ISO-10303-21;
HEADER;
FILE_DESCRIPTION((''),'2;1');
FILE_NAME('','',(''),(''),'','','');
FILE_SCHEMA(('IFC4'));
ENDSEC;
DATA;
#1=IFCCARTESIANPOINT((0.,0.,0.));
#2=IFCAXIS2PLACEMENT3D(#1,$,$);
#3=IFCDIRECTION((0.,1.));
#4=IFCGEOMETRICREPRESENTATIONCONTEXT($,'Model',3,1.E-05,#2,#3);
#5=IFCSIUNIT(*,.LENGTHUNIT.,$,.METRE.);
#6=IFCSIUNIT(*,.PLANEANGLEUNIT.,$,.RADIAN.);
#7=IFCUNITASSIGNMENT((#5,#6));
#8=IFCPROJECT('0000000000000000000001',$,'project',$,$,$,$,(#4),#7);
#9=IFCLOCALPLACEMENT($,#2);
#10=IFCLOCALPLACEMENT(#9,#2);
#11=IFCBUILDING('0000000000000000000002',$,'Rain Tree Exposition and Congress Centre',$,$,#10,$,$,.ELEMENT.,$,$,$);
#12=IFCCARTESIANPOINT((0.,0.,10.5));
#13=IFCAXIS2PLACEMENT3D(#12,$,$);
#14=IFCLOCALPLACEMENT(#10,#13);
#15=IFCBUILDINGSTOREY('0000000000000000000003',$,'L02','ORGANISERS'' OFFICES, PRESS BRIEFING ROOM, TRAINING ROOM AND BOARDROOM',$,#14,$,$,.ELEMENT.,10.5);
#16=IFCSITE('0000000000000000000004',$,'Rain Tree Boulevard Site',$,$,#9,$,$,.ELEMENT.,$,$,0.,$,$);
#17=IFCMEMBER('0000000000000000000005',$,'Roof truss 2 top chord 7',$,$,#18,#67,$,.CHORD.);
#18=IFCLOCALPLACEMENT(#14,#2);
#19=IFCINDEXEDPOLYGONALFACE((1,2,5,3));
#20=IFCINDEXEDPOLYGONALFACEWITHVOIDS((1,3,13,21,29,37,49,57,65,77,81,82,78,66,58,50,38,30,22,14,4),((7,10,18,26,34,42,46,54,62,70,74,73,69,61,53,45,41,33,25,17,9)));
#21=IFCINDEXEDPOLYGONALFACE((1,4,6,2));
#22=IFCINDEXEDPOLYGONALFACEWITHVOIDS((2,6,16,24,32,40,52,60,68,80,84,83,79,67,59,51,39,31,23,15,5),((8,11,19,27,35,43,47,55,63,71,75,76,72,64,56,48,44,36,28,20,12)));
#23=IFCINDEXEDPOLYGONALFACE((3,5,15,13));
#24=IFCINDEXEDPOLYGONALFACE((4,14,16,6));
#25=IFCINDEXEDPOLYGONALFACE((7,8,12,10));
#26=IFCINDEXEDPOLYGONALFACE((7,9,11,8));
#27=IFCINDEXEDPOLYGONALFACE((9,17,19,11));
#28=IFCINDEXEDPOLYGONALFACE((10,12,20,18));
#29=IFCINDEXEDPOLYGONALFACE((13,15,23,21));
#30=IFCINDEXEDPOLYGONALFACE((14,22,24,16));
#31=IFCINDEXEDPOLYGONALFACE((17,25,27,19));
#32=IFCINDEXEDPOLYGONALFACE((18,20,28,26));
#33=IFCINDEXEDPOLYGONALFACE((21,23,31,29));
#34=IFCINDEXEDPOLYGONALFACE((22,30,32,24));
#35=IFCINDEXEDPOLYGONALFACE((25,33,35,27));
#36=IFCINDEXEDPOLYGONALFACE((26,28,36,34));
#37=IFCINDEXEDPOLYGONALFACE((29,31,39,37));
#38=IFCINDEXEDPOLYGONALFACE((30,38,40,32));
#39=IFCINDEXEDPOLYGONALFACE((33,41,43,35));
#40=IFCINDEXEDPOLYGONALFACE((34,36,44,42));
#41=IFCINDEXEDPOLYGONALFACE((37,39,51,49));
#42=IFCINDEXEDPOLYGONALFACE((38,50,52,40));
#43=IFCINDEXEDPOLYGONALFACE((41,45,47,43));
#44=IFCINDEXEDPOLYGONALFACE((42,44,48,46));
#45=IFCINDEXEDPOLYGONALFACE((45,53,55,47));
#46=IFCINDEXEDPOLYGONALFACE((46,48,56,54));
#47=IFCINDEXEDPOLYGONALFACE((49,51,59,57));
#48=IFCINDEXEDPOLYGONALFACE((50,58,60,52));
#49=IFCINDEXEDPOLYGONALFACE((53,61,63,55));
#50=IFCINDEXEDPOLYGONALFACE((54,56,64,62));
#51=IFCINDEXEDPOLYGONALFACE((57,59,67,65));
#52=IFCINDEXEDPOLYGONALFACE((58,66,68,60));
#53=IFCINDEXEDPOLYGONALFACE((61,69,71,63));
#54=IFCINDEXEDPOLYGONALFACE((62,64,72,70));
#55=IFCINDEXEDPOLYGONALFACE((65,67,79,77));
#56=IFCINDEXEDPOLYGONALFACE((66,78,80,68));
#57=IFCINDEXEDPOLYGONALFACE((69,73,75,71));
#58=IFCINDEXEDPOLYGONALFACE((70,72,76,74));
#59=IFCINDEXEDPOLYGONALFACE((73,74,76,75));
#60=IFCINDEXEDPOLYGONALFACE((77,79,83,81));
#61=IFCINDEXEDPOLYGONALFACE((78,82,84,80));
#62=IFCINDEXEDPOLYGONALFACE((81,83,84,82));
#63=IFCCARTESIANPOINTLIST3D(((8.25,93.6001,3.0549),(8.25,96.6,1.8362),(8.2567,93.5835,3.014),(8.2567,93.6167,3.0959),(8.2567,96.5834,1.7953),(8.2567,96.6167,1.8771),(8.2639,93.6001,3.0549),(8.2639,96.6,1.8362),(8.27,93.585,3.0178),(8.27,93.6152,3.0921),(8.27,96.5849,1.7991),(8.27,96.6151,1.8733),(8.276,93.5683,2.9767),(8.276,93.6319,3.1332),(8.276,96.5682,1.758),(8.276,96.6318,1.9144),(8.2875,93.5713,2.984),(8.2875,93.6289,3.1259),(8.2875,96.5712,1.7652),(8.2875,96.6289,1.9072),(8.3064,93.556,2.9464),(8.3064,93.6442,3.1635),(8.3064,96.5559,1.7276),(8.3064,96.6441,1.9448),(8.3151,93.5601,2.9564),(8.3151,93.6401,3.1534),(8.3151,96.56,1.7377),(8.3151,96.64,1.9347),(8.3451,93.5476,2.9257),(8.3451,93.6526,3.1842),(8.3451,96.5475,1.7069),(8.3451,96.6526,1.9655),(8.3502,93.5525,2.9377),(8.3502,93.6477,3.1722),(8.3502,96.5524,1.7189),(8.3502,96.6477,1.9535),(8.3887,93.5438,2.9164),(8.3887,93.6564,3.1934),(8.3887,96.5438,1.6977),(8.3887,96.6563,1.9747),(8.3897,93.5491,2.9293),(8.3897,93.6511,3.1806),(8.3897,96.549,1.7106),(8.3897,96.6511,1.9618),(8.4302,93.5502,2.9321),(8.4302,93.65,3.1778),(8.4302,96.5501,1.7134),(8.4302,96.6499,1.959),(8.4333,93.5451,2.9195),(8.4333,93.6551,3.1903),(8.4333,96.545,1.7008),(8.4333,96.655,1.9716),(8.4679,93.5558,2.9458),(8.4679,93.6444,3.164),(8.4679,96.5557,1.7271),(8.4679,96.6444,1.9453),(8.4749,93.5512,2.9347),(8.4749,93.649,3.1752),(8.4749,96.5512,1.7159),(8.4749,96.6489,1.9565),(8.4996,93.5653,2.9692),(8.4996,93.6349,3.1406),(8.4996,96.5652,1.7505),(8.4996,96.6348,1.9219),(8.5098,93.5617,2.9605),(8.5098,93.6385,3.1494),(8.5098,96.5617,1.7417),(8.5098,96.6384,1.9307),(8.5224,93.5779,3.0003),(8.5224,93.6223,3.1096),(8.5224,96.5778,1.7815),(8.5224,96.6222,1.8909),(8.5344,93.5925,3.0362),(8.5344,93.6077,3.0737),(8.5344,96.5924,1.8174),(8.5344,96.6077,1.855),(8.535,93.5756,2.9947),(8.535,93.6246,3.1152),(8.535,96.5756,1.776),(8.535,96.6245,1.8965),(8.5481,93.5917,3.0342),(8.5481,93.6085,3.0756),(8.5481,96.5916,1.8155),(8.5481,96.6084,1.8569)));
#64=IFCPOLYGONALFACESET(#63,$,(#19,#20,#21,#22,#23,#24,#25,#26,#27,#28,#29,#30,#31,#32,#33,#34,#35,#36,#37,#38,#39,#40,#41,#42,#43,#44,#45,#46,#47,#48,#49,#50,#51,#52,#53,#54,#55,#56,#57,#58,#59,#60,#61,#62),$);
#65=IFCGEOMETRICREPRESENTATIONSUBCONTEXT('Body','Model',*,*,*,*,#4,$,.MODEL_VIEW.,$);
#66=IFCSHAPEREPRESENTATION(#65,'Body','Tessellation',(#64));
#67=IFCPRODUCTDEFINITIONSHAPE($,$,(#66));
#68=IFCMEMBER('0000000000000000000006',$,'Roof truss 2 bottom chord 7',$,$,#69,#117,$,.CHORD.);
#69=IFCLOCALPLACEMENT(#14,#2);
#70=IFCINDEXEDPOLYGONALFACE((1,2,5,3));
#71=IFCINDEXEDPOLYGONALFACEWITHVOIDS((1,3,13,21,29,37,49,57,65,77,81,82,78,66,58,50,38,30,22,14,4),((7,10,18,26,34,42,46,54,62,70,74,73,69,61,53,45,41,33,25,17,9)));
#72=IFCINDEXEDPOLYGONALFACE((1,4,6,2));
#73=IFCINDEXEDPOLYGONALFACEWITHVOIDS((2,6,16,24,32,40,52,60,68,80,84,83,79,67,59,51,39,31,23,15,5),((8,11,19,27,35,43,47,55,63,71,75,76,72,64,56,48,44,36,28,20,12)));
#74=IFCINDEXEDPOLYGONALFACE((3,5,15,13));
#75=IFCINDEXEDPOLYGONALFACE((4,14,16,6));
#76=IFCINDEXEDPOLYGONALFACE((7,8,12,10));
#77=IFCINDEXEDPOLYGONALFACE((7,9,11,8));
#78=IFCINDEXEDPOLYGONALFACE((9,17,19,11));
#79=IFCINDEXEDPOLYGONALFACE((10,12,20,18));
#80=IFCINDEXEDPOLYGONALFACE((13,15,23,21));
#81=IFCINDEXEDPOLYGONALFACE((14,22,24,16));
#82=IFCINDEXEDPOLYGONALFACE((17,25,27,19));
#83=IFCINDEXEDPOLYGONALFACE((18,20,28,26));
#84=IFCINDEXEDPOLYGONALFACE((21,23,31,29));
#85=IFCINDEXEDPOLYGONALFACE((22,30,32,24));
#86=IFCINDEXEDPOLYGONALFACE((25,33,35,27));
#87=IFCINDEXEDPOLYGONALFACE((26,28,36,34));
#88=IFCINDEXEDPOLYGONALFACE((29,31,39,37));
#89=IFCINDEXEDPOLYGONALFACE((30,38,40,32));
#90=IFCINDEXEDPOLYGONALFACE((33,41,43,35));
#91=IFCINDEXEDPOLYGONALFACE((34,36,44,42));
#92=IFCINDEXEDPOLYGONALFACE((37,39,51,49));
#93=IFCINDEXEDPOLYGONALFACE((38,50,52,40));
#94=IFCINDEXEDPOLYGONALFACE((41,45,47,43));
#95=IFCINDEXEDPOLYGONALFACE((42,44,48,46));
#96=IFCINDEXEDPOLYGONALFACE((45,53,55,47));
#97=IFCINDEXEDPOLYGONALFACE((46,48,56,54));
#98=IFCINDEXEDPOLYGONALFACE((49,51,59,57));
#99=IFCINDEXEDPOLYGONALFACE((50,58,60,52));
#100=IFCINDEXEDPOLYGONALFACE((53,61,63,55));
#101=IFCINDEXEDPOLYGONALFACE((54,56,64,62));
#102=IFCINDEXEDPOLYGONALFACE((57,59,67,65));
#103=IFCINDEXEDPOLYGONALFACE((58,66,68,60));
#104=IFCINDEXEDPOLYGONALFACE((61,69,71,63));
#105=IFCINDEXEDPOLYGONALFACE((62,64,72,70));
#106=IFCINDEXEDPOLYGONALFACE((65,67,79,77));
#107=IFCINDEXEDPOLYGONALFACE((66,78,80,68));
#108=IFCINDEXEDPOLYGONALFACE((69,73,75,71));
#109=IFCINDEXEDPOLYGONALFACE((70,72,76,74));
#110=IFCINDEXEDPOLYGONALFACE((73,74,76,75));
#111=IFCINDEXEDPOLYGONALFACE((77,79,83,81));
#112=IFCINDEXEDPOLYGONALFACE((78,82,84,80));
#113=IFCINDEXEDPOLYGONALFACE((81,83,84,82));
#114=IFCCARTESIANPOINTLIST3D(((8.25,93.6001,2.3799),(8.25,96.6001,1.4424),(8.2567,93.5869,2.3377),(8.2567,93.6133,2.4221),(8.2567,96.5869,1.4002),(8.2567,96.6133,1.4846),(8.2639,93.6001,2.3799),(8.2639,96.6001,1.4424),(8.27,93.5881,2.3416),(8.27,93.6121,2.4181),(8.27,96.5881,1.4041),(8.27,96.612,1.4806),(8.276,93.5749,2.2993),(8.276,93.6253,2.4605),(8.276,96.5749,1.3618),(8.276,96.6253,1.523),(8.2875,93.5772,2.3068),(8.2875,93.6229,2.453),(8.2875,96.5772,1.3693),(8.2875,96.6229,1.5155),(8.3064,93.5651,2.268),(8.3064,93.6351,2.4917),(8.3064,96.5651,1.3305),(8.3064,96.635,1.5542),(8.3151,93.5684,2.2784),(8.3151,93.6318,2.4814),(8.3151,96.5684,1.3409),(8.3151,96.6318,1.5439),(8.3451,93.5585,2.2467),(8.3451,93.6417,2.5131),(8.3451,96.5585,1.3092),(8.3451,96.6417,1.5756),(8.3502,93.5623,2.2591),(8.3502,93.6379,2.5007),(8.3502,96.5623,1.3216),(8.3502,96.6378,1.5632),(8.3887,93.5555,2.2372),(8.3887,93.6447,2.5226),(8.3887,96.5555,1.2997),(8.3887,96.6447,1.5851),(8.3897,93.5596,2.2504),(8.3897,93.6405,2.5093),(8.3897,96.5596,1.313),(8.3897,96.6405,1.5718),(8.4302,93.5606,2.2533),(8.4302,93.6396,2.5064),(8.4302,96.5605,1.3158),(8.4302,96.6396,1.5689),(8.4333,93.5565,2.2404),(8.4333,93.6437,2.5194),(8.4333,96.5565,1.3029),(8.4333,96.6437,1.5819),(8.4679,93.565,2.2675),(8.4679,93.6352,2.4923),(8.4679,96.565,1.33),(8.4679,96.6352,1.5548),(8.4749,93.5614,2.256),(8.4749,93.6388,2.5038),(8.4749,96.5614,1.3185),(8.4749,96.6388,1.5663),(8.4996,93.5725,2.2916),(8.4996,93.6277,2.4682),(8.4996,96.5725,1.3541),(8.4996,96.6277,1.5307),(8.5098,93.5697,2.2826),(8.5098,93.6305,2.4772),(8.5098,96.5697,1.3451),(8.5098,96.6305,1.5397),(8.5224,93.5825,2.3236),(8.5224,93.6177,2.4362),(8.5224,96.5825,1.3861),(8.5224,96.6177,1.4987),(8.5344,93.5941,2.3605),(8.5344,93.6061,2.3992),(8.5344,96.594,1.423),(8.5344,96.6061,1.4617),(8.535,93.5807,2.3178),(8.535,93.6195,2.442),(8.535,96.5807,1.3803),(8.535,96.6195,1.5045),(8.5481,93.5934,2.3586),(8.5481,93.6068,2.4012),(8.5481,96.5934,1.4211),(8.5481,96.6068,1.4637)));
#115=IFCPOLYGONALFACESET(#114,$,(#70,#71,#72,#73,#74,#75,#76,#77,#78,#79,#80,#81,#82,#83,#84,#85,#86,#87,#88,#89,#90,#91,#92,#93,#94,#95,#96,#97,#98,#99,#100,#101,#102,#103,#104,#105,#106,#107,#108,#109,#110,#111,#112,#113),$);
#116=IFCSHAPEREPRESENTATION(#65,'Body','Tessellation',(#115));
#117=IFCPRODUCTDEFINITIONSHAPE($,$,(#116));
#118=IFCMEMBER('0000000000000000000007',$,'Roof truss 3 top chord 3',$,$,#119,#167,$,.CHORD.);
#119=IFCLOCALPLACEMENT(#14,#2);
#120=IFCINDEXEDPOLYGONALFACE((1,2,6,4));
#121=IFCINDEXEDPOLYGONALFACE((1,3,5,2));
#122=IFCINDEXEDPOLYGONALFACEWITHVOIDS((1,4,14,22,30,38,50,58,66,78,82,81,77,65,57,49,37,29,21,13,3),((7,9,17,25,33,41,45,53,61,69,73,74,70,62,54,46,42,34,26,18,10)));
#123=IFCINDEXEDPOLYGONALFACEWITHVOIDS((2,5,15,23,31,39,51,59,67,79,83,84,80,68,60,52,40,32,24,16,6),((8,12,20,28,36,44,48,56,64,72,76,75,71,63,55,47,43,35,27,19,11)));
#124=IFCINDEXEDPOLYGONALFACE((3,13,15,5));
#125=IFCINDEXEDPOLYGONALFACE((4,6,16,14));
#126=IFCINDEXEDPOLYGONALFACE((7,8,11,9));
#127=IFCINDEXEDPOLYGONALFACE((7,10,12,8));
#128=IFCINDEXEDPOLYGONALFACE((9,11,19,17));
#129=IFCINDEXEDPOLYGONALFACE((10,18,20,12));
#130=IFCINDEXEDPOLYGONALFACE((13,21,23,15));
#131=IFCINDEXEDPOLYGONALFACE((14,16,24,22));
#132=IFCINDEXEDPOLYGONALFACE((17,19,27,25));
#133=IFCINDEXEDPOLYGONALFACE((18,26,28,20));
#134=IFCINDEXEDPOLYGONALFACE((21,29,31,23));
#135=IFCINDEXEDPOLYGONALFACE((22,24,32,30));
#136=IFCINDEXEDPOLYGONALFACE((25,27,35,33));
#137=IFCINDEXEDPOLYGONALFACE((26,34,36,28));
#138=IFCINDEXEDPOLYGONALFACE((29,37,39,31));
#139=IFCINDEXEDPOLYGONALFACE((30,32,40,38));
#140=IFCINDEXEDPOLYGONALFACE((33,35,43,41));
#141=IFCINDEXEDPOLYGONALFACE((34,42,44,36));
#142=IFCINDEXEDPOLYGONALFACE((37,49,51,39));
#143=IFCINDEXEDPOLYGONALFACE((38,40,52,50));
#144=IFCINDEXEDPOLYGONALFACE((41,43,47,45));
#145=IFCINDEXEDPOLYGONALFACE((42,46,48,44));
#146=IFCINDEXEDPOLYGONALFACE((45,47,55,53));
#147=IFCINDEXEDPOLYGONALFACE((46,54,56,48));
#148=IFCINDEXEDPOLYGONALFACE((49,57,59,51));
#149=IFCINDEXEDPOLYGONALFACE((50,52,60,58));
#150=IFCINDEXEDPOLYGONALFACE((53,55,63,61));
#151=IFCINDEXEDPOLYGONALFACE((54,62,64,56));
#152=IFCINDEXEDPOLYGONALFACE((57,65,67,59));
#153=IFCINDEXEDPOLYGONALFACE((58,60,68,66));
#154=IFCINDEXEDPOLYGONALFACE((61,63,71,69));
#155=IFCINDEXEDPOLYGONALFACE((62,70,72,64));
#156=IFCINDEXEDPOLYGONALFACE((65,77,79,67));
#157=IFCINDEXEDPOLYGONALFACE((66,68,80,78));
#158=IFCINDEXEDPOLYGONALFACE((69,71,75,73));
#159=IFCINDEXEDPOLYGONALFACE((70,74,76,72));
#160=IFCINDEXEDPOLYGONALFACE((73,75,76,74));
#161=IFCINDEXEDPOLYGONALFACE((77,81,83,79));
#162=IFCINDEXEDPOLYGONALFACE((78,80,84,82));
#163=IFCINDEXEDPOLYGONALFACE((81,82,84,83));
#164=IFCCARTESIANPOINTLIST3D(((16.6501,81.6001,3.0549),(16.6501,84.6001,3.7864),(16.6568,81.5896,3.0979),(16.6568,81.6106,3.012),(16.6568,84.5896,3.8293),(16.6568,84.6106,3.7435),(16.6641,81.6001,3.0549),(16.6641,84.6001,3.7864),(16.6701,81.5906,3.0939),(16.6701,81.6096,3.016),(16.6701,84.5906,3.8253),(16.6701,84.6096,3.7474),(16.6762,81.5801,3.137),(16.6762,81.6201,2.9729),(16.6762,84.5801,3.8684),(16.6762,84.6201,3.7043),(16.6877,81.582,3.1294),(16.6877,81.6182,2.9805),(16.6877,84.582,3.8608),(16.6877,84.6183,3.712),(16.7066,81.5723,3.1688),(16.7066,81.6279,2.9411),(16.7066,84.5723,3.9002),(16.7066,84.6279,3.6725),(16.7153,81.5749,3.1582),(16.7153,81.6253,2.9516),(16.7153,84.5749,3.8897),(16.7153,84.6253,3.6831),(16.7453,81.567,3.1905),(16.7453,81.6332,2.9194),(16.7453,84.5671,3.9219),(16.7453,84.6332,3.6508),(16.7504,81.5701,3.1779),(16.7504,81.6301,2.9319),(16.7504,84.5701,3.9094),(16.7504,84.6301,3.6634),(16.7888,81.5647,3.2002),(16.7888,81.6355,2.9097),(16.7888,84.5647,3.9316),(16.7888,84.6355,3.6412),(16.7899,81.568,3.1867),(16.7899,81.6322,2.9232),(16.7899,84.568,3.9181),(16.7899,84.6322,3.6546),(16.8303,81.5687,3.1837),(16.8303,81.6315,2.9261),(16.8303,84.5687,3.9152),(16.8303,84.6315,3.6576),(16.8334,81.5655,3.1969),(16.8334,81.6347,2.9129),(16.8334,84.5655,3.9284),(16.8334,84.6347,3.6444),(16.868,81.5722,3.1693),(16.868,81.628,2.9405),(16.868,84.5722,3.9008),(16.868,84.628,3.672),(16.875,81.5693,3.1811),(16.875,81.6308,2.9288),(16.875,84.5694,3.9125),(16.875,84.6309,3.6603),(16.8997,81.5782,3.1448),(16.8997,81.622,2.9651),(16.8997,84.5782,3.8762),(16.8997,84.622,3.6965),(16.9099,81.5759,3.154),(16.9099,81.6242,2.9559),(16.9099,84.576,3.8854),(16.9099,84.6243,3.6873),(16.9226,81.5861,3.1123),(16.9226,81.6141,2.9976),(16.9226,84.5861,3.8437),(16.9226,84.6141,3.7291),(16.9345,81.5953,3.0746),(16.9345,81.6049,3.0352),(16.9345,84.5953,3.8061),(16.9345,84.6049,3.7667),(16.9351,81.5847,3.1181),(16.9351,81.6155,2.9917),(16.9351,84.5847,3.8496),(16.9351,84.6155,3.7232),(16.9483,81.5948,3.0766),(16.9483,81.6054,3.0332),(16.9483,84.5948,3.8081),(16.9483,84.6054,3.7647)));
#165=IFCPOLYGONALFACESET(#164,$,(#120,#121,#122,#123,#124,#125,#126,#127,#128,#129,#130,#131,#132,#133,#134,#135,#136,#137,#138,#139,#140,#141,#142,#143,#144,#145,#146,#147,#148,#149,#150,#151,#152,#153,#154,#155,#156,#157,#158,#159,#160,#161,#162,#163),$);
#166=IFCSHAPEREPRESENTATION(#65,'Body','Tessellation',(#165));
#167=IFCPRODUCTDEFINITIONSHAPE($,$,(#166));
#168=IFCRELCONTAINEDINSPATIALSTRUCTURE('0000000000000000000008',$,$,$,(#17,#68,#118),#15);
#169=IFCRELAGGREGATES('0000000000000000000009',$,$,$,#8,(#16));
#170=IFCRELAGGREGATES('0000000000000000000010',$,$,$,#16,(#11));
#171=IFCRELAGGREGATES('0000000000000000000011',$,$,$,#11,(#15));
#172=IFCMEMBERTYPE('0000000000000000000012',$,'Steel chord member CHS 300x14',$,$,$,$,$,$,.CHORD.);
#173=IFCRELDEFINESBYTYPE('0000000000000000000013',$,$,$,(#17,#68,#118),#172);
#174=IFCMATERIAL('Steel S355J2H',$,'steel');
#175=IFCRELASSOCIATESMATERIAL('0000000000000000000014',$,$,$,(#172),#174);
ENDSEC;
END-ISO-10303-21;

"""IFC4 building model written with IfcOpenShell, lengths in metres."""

from ifc_helpers import new_model, si_unit, direction, frame, origin, origin_2d, place, context, subcontext, project, spatial, hollow_circle, extrude, material, material_profile, profile_set, type_object, element, save


model = new_model("IFC4")

# Units and contexts
model_context = context("Model", 3, precision=1e-05, world=origin(), true_north=direction((0.0, 1.0)))
body_context = subcontext(model_context, "Body", "Model", "MODEL_VIEW")
ifc_project = project(units=[si_unit("LENGTHUNIT", "METRE"), si_unit("PLANEANGLEUNIT", "RADIAN")], contexts=[model_context])

# Site, building, storey
site_placement = place(None, origin())
site = spatial("IfcSite", under=ifc_project, at=site_placement, Name="Rain Tree Boulevard Site", CompositionType="ELEMENT", RefElevation=0.0)
building_placement = place(site_placement, origin())
building = spatial("IfcBuilding", under=site, at=building_placement, Name="Rain Tree Exposition and Congress Centre", CompositionType="ELEMENT")
storey_placement = place(building_placement, frame((0.0, 0.0, 10.5)))
storey = spatial("IfcBuildingStorey", under=building, at=storey_placement, Name="L02", Description="ORGANISERS' OFFICES, PRESS BRIEFING ROOM, TRAINING ROOM AND BOARDROOM", CompositionType="ELEMENT", Elevation=10.5)

# Members
ifc_material_1 = material(Name="Steel S355J2H", Category="steel")
ifc_material_profile_1 = material_profile(ifc_material_1, hollow_circle(Radius=0.1499, WallThickness=0.0139, at=origin_2d()), Name="CHS 300x14")
ifc_profile_set_1 = profile_set([ifc_material_profile_1], Name="Steel S355J2H")
member_type_1 = type_object("IfcMemberType", Name="Steel chord member CHS 300x14", PredefinedType="CHORD", material=ifc_profile_set_1)
member_1_placement = place(storey_placement, frame((8.3999, 93.6001, 3.0549), z_axis=(0.0, 0.926467, -0.376377), x_axis=(-1.0, 0.0, 0.0)))
element("IfcMember", 1, at=member_1_placement, inside=storey, type_object=member_type_1, Name="Roof truss 2 top chord 7", PredefinedType="CHORD", context=body_context, shape_type="SweptSolid", body=[
    extrude(hollow_circle(Radius=0.1499, WallThickness=0.0139, at=origin_2d()), origin(), (0.0, 0.0, 1.0), 3.238),
])
member_2_placement = place(storey_placement, frame((8.3999, 93.6001, 2.3799), z_axis=(0.0, 0.95448, -0.298275), x_axis=(-1.0, 0.0, 0.0)))
element("IfcMember", 2, at=member_2_placement, inside=storey, type_object=member_type_1, Name="Roof truss 2 bottom chord 7", PredefinedType="CHORD", context=body_context, shape_type="SweptSolid", body=[
    extrude(hollow_circle(Radius=0.1499, WallThickness=0.0139, at=origin_2d()), origin(), (0.0, 0.0, 1.0), 3.1431),
])
member_3_placement = place(storey_placement, frame((16.8, 81.6001, 3.0549), z_axis=(0.0, 0.97154, 0.236876), x_axis=(-1.0, 0.0, 0.0)))
element("IfcMember", 3, at=member_3_placement, inside=storey, type_object=member_type_1, Name="Roof truss 3 top chord 3", PredefinedType="CHORD", context=body_context, shape_type="SweptSolid", body=[
    extrude(hollow_circle(Radius=0.1499, WallThickness=0.0139, at=origin_2d()), origin(), (0.0, 0.0, 1.0), 3.0879),
])

save(model, "model.ifc")
